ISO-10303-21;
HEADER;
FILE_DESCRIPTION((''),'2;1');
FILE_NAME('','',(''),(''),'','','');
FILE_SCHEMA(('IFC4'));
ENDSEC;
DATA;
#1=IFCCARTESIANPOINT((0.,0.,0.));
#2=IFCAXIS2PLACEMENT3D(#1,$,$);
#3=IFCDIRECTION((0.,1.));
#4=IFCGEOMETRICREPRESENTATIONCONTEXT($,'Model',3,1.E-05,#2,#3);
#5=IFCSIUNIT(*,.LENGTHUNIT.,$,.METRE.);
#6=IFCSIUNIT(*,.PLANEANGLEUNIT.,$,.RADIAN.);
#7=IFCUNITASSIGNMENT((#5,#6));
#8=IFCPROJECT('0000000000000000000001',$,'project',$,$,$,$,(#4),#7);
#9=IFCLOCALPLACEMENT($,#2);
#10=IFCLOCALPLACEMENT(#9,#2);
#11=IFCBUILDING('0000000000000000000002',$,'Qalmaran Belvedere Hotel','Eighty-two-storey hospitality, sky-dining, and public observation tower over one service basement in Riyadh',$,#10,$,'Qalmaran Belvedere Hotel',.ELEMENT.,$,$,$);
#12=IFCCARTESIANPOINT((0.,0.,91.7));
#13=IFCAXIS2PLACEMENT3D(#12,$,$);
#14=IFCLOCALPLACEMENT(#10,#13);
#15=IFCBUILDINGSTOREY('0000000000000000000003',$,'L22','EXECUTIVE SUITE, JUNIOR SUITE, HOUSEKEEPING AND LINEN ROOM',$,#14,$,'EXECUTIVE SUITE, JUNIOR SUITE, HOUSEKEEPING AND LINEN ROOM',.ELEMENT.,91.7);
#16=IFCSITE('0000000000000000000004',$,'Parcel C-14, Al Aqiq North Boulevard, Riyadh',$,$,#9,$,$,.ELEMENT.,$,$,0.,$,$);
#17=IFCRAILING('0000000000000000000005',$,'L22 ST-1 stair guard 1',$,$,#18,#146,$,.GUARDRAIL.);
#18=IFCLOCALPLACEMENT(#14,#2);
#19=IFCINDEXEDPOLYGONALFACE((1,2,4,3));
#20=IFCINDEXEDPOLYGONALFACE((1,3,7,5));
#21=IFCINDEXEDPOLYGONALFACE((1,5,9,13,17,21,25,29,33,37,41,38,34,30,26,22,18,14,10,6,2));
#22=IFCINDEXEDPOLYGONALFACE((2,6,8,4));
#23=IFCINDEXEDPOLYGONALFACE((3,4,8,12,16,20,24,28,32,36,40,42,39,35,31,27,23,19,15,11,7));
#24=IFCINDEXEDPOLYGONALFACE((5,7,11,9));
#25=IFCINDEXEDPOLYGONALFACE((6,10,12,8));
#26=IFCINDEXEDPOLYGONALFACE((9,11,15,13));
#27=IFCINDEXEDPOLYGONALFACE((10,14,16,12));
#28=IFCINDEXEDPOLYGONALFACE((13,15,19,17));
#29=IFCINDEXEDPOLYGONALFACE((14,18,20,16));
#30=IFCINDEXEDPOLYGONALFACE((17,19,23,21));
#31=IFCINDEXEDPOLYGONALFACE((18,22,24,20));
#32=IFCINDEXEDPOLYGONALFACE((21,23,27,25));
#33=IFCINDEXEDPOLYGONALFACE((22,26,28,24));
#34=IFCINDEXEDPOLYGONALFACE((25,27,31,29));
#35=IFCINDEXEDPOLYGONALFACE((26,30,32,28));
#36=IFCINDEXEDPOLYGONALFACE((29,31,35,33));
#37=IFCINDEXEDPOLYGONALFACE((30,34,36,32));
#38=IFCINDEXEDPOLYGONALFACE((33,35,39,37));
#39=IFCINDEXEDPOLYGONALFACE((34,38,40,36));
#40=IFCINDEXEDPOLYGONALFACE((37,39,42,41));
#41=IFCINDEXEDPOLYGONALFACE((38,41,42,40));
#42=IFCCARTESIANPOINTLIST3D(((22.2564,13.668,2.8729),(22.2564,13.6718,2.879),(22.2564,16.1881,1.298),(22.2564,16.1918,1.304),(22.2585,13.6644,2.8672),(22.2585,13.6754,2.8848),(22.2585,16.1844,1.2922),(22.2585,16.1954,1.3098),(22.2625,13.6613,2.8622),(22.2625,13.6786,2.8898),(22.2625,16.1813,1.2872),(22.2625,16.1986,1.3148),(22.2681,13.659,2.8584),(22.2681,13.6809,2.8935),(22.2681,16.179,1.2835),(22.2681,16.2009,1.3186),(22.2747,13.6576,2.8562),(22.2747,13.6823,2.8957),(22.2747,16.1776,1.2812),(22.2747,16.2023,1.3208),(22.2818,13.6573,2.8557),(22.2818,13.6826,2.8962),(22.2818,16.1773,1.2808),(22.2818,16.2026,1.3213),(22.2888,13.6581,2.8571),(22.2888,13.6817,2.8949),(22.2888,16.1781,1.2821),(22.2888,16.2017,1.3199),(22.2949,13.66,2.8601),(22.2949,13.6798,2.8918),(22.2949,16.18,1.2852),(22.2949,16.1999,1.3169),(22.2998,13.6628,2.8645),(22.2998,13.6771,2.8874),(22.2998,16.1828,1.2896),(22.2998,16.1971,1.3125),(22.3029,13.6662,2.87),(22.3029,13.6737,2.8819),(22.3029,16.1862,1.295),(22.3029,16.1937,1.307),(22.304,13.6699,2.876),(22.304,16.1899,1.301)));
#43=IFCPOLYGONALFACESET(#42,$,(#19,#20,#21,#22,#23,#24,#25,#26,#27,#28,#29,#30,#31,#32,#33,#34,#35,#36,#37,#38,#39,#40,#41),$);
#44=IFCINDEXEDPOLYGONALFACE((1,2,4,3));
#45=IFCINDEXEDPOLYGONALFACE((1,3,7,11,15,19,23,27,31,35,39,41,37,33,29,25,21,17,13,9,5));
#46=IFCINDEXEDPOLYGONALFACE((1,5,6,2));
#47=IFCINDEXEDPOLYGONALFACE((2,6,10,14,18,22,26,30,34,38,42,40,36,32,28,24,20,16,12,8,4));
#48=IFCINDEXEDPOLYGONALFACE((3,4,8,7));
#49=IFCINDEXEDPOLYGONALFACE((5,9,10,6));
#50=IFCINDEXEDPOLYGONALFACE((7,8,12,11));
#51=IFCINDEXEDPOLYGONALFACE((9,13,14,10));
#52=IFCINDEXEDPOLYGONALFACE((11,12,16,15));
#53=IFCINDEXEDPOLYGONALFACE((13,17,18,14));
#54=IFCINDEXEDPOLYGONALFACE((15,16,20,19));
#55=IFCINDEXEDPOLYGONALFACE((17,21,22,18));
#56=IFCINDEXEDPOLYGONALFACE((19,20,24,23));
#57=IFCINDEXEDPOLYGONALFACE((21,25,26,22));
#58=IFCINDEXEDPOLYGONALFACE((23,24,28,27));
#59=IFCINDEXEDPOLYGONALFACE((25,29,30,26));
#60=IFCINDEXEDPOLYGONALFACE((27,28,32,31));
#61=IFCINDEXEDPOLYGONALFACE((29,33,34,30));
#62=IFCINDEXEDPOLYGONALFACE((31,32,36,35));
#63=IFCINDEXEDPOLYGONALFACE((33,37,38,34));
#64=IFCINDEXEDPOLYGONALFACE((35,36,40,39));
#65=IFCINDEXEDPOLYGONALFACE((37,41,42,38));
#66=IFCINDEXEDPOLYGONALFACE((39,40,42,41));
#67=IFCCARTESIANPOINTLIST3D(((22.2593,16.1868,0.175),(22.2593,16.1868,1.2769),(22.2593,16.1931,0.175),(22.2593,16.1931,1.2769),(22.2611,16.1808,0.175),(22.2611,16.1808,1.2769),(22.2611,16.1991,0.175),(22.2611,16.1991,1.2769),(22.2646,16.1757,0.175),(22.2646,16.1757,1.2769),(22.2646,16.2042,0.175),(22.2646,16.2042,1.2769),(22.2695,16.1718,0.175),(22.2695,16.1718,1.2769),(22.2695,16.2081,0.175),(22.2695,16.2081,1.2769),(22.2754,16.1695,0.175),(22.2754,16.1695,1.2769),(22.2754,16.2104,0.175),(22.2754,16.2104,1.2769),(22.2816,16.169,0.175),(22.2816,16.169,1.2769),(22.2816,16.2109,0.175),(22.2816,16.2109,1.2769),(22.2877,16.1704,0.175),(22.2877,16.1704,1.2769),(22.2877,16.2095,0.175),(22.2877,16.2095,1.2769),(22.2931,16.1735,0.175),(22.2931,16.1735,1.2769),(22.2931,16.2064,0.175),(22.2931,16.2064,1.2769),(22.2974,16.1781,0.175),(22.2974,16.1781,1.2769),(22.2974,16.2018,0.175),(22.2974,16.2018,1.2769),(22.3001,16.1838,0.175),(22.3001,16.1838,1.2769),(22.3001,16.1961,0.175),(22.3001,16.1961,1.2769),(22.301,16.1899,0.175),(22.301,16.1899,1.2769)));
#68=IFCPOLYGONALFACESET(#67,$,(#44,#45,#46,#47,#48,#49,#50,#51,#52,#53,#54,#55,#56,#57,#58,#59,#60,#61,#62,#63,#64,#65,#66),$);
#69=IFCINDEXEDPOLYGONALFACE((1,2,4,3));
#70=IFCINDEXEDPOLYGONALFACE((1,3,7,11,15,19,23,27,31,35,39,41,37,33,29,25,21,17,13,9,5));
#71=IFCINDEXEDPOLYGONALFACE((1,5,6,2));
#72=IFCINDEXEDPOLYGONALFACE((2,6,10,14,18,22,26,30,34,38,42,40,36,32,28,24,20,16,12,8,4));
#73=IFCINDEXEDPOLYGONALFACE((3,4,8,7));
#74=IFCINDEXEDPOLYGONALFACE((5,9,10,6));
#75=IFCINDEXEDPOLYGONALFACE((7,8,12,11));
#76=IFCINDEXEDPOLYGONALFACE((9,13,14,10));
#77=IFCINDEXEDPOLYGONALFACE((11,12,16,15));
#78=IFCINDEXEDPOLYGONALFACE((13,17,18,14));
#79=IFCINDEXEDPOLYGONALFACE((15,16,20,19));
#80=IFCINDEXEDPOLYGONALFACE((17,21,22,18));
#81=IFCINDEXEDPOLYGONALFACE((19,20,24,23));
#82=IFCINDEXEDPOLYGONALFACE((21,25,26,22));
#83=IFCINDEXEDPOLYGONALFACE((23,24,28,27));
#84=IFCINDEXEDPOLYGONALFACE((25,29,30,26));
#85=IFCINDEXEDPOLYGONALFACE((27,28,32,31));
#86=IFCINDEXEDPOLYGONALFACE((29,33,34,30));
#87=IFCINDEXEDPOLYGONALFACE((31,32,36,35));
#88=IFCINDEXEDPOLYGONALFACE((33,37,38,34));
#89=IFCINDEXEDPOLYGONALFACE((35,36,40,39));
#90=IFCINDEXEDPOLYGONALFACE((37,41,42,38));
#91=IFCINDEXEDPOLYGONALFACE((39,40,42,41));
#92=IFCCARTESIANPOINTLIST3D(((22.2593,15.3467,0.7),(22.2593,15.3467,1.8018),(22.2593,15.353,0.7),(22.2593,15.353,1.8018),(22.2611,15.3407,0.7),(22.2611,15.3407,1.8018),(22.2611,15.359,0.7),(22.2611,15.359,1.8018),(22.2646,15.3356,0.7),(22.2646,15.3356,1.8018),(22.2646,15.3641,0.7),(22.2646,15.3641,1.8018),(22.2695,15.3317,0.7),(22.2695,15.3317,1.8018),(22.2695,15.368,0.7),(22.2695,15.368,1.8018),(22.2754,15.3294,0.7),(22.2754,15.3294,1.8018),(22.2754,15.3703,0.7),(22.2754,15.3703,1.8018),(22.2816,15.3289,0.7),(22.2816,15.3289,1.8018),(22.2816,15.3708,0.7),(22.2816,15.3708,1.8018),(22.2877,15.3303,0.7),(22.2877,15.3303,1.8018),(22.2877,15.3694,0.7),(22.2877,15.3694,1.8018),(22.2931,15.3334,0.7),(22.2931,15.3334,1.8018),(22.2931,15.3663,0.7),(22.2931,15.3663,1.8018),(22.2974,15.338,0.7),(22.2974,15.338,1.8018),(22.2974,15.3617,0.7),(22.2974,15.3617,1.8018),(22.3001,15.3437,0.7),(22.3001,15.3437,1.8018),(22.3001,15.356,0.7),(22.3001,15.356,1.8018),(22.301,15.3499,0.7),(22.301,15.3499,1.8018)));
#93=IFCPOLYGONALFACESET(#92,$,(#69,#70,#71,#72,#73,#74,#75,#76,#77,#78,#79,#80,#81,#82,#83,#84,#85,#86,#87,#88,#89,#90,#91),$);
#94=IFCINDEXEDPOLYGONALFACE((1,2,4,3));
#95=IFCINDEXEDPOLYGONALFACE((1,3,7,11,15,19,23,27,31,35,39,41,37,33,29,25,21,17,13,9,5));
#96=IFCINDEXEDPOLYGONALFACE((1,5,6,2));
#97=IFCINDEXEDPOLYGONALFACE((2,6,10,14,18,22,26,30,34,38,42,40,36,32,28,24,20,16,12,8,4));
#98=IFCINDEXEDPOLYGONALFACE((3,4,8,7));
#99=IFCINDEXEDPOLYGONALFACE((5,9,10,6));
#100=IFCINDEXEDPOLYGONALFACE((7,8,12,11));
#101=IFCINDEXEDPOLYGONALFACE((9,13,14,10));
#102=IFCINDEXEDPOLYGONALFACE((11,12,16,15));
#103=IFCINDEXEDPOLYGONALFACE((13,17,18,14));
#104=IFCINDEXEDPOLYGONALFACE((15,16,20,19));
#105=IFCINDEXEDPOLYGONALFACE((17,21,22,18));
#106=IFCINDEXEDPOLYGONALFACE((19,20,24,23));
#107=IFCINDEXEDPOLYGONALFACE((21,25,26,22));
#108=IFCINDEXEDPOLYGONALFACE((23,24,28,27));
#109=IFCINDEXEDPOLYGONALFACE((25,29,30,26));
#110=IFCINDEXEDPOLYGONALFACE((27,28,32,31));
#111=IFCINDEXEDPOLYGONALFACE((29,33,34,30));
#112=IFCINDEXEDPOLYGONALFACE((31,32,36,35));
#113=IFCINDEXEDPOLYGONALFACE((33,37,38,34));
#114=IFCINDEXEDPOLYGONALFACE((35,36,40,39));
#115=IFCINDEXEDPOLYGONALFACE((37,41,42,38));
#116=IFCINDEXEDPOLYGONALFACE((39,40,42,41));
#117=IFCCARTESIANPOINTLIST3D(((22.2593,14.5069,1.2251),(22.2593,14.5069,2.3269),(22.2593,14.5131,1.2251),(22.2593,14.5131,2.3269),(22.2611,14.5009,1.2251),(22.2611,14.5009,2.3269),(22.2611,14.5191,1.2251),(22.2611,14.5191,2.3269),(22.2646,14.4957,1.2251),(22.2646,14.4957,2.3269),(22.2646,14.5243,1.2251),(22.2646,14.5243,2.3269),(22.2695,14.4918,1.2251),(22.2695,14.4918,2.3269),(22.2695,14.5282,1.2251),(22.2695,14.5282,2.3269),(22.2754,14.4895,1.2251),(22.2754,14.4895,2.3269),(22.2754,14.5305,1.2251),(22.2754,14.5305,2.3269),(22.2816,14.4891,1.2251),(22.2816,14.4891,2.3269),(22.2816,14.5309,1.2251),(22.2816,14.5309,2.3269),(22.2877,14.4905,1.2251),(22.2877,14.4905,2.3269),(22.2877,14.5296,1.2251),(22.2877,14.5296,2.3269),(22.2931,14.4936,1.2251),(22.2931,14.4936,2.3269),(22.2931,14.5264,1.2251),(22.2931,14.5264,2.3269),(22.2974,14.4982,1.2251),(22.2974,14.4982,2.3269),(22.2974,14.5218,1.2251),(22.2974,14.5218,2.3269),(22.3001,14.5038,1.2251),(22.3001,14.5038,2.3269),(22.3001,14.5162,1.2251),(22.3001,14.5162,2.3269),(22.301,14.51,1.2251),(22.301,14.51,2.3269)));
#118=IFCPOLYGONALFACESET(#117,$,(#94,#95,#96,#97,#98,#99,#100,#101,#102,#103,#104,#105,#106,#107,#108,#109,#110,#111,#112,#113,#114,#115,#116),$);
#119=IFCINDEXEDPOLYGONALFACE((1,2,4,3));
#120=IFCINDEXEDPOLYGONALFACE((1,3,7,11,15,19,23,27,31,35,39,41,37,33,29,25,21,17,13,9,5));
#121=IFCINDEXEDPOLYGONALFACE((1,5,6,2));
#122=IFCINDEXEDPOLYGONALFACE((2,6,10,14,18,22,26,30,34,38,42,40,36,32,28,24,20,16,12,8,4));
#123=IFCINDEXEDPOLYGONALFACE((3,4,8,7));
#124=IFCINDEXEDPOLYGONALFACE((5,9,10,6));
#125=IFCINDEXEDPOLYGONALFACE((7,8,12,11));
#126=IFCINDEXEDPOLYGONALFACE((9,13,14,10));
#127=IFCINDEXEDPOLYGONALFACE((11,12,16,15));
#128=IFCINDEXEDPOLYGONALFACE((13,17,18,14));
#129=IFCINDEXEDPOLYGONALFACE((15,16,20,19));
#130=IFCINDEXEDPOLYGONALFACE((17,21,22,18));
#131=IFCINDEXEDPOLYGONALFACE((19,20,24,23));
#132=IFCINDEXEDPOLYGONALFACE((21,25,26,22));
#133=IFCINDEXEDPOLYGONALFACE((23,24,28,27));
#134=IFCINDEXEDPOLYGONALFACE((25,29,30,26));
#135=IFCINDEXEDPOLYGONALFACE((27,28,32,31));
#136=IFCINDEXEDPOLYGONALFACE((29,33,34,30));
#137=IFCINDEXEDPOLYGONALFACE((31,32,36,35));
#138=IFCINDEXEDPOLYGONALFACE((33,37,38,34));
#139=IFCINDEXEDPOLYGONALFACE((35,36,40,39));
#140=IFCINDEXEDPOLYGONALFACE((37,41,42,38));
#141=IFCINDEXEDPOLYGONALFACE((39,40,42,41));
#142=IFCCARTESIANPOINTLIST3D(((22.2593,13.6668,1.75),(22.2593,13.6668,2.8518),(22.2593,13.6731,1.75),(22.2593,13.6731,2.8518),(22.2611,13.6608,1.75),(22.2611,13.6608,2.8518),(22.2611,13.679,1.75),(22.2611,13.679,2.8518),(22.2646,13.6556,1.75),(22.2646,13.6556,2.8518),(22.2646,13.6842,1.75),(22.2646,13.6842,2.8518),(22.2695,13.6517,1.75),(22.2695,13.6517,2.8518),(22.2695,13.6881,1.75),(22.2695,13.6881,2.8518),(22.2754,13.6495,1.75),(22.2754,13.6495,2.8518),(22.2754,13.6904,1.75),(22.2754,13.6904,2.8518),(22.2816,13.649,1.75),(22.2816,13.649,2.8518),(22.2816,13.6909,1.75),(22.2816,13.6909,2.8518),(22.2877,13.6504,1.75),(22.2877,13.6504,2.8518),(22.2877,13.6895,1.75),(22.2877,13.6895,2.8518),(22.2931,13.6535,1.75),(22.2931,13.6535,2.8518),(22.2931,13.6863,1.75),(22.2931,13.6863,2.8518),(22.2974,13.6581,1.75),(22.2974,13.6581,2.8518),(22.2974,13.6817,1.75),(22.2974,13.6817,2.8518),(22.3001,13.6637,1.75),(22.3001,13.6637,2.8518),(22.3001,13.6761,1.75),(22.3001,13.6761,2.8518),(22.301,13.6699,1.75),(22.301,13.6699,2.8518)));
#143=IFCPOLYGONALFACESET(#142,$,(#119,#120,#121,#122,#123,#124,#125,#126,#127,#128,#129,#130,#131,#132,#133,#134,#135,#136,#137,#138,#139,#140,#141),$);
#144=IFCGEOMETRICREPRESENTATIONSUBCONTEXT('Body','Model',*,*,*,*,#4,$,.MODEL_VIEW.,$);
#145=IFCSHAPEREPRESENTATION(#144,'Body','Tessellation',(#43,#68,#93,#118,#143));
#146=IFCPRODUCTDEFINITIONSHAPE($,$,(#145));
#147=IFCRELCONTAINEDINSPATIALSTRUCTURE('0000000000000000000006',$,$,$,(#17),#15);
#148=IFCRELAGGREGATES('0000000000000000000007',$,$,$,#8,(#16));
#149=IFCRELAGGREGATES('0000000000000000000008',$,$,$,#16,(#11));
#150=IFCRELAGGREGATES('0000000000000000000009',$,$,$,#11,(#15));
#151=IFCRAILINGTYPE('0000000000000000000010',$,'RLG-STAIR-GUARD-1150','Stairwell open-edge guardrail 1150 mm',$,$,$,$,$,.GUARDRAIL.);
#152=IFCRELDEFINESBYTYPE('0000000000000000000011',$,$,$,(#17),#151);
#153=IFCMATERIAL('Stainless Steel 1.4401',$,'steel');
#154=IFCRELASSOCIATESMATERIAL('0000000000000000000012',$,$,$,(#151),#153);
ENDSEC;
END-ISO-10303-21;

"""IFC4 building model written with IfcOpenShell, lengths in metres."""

from ifc_helpers import new_model, si_unit, direction, frame, origin, origin_2d, place, context, subcontext, project, spatial, circle, extrude, material, type_object, element, save


model = new_model("IFC4")

# Units and contexts
model_context = context("Model", 3, precision=1e-05, world=origin(), true_north=direction((0.0, 1.0)))
body_context = subcontext(model_context, "Body", "Model", "MODEL_VIEW")
ifc_project = project(units=[si_unit("LENGTHUNIT", "METRE"), si_unit("PLANEANGLEUNIT", "RADIAN")], contexts=[model_context])

# Site, building, storey
site_placement = place(None, origin())
site = spatial("IfcSite", under=ifc_project, at=site_placement, Name="Parcel C-14, Al Aqiq North Boulevard, Riyadh", CompositionType="ELEMENT", RefElevation=0.0)
building_placement = place(site_placement, origin())
building = spatial("IfcBuilding", under=site, at=building_placement, Name="Qalmaran Belvedere Hotel", Description="Eighty-two-storey hospitality, sky-dining, and public observation tower over one service basement in Riyadh", LongName="Qalmaran Belvedere Hotel", CompositionType="ELEMENT")
storey_placement = place(building_placement, frame((0.0, 0.0, 91.7)))
storey = spatial("IfcBuildingStorey", under=building, at=storey_placement, Name="L22", Description="EXECUTIVE SUITE, JUNIOR SUITE, HOUSEKEEPING AND LINEN ROOM", LongName="EXECUTIVE SUITE, JUNIOR SUITE, HOUSEKEEPING AND LINEN ROOM", CompositionType="ELEMENT", Elevation=91.7)

# Shared definitions
ifc_material_1 = material(Name="Stainless Steel 1.4401", Category="steel")

# Railing
railing_type_1 = type_object("IfcRailingType", Name="RLG-STAIR-GUARD-1150", Description="Stairwell open-edge guardrail 1150 mm", PredefinedType="GUARDRAIL", material=ifc_material_1)
railing_1_placement = place(storey_placement, frame((22.28, 16.1899, 0.175)))
element("IfcRailing", 1, at=railing_1_placement, inside=storey, type_object=railing_type_1, Name="L22 ST-1 stair guard 1", PredefinedType="GUARDRAIL", context=body_context, shape_type="SweptSolid", body=[
    extrude(circle(Radius=0.0239, at=origin_2d()), frame((0.0, 0.0, 1.126), z_axis=(0.0, -0.848008, 0.529984), x_axis=(1.0, 0.0, 0.0)), (0.0, 0.0, 1.0), 2.9717),
    extrude(circle(Radius=0.021, at=origin_2d()), origin(), (0.0, 0.0, 1.0), 1.1018),
    extrude(circle(Radius=0.021, at=origin_2d()), frame((0.0, -0.8401, 0.5249)), (0.0, 0.0, 1.0), 1.1018),
    extrude(circle(Radius=0.021, at=origin_2d()), frame((0.0, -1.6799, 1.05)), (0.0, 0.0, 1.0), 1.1018),
    extrude(circle(Radius=0.021, at=origin_2d()), frame((0.0, -2.52, 1.575)), (0.0, 0.0, 1.0), 1.1018),
])

save(model, "model.ifc")
